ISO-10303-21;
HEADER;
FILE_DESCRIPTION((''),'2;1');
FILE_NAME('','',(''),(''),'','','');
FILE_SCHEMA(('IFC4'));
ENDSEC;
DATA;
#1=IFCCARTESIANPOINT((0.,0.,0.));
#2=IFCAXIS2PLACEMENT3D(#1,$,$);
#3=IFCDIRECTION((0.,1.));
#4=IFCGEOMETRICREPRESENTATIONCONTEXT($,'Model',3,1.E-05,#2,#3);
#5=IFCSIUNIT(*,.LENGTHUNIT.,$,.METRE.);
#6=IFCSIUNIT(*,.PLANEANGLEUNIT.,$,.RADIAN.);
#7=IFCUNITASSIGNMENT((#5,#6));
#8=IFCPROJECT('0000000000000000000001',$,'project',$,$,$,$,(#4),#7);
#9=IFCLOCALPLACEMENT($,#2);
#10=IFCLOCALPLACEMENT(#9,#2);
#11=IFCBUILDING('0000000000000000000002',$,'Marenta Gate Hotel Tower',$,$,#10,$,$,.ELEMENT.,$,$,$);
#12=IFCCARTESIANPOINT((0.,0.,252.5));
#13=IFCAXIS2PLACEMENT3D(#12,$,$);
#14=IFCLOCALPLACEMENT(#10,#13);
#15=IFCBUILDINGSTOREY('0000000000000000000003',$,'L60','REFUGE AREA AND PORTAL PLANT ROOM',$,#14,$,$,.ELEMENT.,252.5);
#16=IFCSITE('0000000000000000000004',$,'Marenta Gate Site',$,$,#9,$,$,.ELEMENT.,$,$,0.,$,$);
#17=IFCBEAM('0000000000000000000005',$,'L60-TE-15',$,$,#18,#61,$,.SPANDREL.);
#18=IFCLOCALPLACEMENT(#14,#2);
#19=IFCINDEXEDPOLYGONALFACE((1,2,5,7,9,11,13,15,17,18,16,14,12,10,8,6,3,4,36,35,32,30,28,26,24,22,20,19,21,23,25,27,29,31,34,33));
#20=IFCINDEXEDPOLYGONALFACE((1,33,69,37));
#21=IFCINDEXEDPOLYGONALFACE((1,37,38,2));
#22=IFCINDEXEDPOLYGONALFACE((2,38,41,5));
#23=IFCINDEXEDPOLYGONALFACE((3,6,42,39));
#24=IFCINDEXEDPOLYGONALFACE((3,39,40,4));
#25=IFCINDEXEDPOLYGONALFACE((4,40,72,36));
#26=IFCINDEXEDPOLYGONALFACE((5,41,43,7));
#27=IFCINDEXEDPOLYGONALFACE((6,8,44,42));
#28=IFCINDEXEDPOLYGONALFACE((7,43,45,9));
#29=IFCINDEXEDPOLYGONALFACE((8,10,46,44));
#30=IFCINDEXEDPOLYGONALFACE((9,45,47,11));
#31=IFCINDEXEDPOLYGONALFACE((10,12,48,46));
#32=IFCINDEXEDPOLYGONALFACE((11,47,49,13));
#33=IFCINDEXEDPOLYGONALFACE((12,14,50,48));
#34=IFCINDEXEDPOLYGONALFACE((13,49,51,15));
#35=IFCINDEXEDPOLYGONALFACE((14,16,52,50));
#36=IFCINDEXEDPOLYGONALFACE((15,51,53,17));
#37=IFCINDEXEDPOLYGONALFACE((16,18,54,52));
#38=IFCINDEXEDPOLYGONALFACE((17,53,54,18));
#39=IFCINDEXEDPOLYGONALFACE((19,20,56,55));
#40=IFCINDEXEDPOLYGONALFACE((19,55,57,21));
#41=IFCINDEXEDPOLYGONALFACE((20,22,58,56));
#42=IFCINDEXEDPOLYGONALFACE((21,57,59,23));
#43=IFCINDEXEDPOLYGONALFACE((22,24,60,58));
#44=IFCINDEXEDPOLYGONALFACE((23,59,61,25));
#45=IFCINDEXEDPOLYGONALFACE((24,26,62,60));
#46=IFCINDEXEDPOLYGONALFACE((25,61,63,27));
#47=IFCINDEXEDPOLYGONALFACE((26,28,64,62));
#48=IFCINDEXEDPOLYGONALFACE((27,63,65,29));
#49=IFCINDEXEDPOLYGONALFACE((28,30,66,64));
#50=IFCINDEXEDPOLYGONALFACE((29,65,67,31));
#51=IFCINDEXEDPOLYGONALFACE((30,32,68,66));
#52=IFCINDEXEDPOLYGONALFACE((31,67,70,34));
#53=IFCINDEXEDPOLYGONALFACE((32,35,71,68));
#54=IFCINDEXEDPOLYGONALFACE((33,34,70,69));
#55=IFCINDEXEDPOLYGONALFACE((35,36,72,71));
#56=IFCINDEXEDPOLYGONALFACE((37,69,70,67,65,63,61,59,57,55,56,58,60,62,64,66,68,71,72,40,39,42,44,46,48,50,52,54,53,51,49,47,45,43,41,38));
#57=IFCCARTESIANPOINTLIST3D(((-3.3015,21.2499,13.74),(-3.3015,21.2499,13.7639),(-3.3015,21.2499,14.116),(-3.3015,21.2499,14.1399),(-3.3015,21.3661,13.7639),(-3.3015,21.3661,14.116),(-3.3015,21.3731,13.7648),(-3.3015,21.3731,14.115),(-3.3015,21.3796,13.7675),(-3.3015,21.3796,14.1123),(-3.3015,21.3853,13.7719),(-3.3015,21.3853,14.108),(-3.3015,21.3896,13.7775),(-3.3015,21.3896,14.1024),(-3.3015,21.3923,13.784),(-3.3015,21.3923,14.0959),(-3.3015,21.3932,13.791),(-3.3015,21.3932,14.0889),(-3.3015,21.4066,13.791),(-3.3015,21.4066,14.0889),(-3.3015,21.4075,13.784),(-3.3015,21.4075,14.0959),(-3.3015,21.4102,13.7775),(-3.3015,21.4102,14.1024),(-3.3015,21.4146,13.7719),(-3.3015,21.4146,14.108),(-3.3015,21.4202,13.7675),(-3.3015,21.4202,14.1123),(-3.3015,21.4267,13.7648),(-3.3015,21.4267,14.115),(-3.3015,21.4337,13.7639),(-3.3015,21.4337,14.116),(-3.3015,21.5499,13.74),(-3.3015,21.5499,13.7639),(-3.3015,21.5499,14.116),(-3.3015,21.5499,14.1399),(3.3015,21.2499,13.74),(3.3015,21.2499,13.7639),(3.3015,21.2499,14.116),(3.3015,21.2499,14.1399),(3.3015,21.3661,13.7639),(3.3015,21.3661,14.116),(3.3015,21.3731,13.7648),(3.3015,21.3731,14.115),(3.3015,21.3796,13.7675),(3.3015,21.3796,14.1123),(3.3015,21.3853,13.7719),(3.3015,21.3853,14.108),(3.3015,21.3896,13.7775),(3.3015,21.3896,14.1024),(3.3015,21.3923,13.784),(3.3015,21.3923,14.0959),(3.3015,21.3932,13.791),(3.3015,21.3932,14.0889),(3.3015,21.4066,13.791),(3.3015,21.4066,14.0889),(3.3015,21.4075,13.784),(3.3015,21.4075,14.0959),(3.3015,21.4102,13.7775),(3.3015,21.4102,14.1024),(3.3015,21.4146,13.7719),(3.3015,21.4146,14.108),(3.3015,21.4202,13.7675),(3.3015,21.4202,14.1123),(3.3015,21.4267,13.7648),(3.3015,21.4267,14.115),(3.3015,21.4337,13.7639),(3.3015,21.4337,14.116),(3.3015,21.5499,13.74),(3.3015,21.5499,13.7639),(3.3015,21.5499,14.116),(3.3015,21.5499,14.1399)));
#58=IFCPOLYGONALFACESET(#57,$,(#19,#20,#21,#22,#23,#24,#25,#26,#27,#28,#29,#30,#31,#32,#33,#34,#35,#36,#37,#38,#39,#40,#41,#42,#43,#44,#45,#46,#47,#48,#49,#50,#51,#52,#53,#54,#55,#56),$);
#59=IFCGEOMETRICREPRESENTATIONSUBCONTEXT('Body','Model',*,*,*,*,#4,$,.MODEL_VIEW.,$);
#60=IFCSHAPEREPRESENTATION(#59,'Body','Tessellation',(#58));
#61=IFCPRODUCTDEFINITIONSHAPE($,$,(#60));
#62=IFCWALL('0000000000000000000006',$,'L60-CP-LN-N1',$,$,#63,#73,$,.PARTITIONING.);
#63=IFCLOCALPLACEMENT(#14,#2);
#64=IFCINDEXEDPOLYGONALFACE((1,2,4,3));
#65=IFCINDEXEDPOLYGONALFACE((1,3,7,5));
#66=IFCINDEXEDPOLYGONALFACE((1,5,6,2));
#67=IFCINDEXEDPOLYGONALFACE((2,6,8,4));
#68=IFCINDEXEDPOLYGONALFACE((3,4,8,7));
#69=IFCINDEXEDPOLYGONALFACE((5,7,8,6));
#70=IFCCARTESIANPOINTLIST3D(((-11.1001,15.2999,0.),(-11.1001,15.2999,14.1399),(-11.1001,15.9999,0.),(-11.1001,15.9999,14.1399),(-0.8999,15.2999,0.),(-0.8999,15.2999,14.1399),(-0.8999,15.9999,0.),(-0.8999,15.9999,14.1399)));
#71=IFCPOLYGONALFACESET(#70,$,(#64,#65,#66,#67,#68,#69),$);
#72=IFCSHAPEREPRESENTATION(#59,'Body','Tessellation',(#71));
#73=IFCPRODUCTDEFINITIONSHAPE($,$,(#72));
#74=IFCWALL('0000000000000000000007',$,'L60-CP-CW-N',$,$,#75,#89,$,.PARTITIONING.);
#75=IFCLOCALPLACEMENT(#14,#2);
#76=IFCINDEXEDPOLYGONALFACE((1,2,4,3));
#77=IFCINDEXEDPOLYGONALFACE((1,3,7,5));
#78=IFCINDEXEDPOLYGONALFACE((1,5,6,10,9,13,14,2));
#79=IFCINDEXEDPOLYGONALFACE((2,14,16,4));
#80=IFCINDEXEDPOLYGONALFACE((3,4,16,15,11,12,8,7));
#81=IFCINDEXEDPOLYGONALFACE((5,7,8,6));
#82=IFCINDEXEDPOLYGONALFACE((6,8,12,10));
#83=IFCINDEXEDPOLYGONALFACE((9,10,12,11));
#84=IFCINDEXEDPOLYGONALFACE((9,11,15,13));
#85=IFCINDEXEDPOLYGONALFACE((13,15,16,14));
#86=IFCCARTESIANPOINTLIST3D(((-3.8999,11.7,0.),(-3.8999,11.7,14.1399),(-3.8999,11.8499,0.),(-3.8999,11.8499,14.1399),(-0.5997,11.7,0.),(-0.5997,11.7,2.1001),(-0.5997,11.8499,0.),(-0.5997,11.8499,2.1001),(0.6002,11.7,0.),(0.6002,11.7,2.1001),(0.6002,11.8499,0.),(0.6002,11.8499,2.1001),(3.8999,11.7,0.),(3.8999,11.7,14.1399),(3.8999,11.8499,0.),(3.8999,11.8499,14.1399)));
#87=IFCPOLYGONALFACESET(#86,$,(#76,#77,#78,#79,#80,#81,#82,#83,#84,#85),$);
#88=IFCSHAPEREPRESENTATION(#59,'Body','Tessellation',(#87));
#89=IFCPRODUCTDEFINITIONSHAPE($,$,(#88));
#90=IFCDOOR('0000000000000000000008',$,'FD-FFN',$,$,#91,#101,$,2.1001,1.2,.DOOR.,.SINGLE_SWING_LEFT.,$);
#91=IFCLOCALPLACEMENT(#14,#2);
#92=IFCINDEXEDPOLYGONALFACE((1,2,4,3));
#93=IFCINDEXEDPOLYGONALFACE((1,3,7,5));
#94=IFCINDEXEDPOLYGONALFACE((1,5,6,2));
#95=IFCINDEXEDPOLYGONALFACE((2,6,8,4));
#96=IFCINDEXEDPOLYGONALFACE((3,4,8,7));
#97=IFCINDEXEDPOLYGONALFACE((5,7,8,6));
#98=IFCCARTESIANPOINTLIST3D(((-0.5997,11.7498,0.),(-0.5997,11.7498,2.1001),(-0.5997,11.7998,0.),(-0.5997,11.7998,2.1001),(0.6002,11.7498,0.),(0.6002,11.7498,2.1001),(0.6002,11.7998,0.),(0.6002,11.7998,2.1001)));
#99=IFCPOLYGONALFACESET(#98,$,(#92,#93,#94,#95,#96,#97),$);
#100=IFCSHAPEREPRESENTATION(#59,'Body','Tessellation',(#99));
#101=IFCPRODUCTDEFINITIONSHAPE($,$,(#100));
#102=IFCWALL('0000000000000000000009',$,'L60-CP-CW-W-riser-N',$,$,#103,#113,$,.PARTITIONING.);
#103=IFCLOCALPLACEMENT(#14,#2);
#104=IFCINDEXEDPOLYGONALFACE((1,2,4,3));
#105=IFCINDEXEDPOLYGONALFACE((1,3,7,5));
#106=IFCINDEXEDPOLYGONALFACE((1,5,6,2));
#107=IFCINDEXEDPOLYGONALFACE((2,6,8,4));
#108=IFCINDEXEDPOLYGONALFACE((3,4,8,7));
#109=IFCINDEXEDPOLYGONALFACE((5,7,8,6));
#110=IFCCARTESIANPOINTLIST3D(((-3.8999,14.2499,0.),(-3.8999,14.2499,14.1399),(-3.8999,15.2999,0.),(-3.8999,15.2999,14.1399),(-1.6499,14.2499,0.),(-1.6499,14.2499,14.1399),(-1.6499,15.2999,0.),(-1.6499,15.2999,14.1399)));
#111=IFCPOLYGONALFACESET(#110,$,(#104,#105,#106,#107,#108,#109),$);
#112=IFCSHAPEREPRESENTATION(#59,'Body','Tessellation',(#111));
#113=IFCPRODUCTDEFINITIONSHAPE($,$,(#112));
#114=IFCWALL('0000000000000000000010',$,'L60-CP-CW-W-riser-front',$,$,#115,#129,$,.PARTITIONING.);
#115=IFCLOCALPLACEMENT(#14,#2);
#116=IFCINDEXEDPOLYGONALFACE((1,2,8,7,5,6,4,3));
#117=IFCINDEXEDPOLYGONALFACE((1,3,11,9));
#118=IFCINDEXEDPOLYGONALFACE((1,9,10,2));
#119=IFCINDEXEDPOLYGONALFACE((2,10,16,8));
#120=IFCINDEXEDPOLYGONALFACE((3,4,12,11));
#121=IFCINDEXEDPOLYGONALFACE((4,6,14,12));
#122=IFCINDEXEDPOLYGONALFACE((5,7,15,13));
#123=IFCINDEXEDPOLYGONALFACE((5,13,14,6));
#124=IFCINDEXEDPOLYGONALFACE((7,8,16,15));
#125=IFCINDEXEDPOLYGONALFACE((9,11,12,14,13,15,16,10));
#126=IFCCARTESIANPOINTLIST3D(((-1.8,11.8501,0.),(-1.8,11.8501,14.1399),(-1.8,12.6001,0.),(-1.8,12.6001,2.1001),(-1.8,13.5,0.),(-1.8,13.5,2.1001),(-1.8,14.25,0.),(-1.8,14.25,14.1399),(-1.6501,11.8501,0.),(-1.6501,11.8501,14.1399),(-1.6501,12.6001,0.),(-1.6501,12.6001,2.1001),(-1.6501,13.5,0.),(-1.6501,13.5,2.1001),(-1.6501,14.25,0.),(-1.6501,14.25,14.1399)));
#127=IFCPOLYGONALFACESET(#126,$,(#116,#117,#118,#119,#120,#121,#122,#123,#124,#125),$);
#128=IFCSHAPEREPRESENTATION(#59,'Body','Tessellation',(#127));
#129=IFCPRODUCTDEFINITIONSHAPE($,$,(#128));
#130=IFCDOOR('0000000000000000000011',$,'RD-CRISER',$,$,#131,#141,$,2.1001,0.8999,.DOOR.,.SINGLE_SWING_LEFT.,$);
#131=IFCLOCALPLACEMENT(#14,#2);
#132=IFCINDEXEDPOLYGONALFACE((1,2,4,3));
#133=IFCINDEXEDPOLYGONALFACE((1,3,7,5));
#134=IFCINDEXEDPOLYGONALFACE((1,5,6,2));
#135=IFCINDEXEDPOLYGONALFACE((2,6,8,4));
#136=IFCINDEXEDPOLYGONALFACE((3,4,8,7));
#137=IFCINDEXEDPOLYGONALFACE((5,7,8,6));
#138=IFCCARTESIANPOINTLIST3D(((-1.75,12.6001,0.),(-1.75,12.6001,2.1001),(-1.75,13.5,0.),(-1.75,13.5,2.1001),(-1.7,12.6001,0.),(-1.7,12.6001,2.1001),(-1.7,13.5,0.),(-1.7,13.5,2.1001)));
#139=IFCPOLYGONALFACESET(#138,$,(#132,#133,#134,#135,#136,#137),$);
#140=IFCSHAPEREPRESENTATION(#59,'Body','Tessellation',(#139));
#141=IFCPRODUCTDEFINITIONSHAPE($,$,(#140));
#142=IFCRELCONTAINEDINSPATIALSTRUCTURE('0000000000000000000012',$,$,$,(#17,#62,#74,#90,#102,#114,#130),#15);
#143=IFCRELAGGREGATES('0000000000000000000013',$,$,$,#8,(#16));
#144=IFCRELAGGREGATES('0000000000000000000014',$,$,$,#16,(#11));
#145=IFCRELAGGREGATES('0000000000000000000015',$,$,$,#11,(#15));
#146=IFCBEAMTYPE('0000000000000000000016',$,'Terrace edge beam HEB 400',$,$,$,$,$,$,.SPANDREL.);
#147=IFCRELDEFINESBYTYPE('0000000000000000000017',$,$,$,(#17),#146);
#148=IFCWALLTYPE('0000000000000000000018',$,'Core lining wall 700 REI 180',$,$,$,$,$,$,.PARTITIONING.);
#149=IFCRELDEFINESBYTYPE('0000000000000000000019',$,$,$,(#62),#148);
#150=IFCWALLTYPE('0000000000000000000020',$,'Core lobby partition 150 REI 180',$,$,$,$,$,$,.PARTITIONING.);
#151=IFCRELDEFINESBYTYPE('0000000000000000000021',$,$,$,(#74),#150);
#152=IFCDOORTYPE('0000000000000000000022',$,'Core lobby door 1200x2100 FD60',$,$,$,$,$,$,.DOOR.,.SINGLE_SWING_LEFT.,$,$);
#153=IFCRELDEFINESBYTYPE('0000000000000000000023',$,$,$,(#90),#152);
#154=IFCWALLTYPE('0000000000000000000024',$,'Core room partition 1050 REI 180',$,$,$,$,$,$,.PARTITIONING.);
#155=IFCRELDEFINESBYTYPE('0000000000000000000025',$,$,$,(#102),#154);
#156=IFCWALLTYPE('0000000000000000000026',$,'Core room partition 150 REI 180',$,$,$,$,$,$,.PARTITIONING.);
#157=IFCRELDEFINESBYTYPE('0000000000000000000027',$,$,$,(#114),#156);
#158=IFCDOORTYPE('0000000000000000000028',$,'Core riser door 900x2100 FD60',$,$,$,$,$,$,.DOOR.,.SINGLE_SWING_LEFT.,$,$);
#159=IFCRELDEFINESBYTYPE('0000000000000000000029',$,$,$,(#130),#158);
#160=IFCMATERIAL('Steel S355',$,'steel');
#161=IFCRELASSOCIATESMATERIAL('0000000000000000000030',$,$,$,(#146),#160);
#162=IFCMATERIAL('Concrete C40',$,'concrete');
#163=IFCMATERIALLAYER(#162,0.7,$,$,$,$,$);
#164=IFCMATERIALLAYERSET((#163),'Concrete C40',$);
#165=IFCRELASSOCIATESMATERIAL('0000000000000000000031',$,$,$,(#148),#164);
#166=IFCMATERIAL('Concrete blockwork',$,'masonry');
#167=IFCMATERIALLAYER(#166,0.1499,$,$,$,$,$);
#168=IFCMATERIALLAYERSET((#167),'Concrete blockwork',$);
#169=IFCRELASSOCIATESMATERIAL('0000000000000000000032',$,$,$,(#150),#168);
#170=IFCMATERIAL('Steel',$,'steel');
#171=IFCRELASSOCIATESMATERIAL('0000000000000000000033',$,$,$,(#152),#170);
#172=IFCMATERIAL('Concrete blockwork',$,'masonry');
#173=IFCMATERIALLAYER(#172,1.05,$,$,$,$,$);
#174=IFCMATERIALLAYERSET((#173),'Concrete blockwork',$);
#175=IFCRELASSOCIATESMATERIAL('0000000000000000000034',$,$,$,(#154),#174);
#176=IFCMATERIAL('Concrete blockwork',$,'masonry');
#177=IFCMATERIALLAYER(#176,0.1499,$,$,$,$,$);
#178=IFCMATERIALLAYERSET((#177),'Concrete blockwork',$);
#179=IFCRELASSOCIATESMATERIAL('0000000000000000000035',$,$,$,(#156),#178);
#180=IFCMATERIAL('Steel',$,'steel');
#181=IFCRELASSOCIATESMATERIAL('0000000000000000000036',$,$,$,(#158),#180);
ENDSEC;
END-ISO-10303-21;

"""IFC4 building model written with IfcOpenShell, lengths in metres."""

from ifc_helpers import new_model, si_unit, direction, frame, frame_2d, origin, origin_2d, place, context, subcontext, project, spatial, rectangle, i_section, extrude, material, layer, layer_set, material_profile, profile_set, type_object, element, fill, save


model = new_model("IFC4")

# Units and contexts
model_context = context("Model", 3, precision=1e-05, world=origin(), true_north=direction((0.0, 1.0)))
body_context = subcontext(model_context, "Body", "Model", "MODEL_VIEW")
ifc_project = project(units=[si_unit("LENGTHUNIT", "METRE"), si_unit("PLANEANGLEUNIT", "RADIAN")], contexts=[model_context])

# Site, building, storey
site_placement = place(None, origin())
site = spatial("IfcSite", under=ifc_project, at=site_placement, Name="Marenta Gate Site", CompositionType="ELEMENT", RefElevation=0.0)
building_placement = place(site_placement, origin())
building = spatial("IfcBuilding", under=site, at=building_placement, Name="Marenta Gate Hotel Tower", CompositionType="ELEMENT")
storey_placement = place(building_placement, frame((0.0, 0.0, 252.5)))
storey = spatial("IfcBuildingStorey", under=building, at=storey_placement, Name="L60", Description="REFUGE AREA AND PORTAL PLANT ROOM", CompositionType="ELEMENT", Elevation=252.5)

# Beam
ifc_material_1 = material(Name="Steel S355", Category="steel")
ifc_material_profile_1 = material_profile(ifc_material_1, i_section(OverallWidth=0.3, OverallDepth=0.3999, WebThickness=0.0134, FlangeThickness=0.0239, FilletRadius=0.0271, at=origin_2d()), Name="HEB 400")
ifc_profile_set_1 = profile_set([ifc_material_profile_1], Name="Steel S355")
beam_type_1 = type_object("IfcBeamType", Name="Terrace edge beam HEB 400", PredefinedType="SPANDREL", material=ifc_profile_set_1)
beam_1_placement = place(storey_placement, frame((-3.3015, 21.3999, 13.9399), z_axis=(1.0, 0.0, 0.0), x_axis=(0.0, 1.0, 0.0)))
element("IfcBeam", 1, at=beam_1_placement, inside=storey, type_object=beam_type_1, Name="L60-TE-15", PredefinedType="SPANDREL", context=body_context, shape_type="SweptSolid", body=[
    extrude(i_section(OverallWidth=0.3, OverallDepth=0.3999, WebThickness=0.0134, FlangeThickness=0.0239, FilletRadius=0.0271, at=origin_2d()), origin(), (0.0, 0.0, 1.0), 6.603),
])

# Wall
ifc_material_2 = material(Name="Concrete C40", Category="concrete")
ifc_layer_1 = layer(ifc_material_2, 0.7)
ifc_layer_set_1 = layer_set([ifc_layer_1], Name="Concrete C40")
wall_type_1 = type_object("IfcWallType", Name="Core lining wall 700 REI 180", PredefinedType="PARTITIONING", material=ifc_layer_set_1)
wall_1_placement = place(storey_placement, frame((-11.1001, 15.6499, 0.0), z_axis=(0.0, 0.0, 1.0), x_axis=(1.0, 0.0, 0.0)))
element("IfcWall", 2, at=wall_1_placement, inside=storey, type_object=wall_type_1, Name="L60-CP-LN-N1", PredefinedType="PARTITIONING", context=body_context, shape_type="SweptSolid", body=[
    extrude(rectangle(XDim=10.2002, YDim=0.7, at=frame_2d((5.1001, 0.0))), origin(), (0.0, 0.0, 1.0), 14.1399),
])

# Wall, opening, door
ifc_material_3 = material(Name="Concrete blockwork", Category="masonry")
ifc_layer_2 = layer(ifc_material_3, 0.1499)
ifc_layer_set_2 = layer_set([ifc_layer_2], Name="Concrete blockwork")
wall_type_2 = type_object("IfcWallType", Name="Core lobby partition 150 REI 180", PredefinedType="PARTITIONING", material=ifc_layer_set_2)
wall_2_placement = place(storey_placement, frame((-3.8999, 11.7749, 0.0), z_axis=(0.0, 0.0, 1.0), x_axis=(1.0, 0.0, 0.0)))
wall_2 = element("IfcWall", 3, at=wall_2_placement, inside=storey, type_object=wall_type_2, Name="L60-CP-CW-N", PredefinedType="PARTITIONING", context=body_context, shape_type="SweptSolid", body=[
    extrude(rectangle(XDim=7.7998, YDim=0.1499, at=frame_2d((3.8999, 0.0))), origin(), (0.0, 0.0, 1.0), 14.1399),
])
opening_1_placement = place(wall_2_placement, frame((3.3, 0.0, 0.0)))
opening_1 = element("IfcOpeningElement", 4, at=opening_1_placement, cuts=wall_2, PredefinedType="OPENING", context=body_context, shape_type="SweptSolid", body=[
    extrude(rectangle(XDim=1.2, YDim=2.1001, at=frame_2d((0.6001, 1.05))), frame((0.0, 0.075, 0.0), z_axis=(0.0, -1.0, 0.0), x_axis=(1.0, 0.0, 0.0)), (0.0, 0.0, 1.0), 0.1499),
])
ifc_material_4 = material(Name="Steel", Category="steel")
door_type_1 = type_object("IfcDoorType", Name="Core lobby door 1200x2100 FD60", OperationType="SINGLE_SWING_LEFT", PredefinedType="DOOR", material=ifc_material_4)
door_1_placement = place(opening_1_placement, origin())
door_1 = element("IfcDoor", 5, at=door_1_placement, inside=storey, type_object=door_type_1, Name="FD-FFN", OperationType="SINGLE_SWING_LEFT", OverallHeight=2.1001, OverallWidth=1.2, PredefinedType="DOOR", context=body_context, shape_type="SweptSolid", body=[
    extrude(rectangle(XDim=1.2, YDim=2.1001, at=frame_2d((0.6001, 1.05))), frame((0.0, 0.0249, 0.0), z_axis=(0.0, -1.0, 0.0), x_axis=(1.0, 0.0, 0.0)), (0.0, 0.0, 1.0), 0.05),
])
fill(opening_1, door_1)

# Wall
ifc_material_5 = material(Name="Concrete blockwork", Category="masonry")
ifc_layer_3 = layer(ifc_material_5, 1.05)
ifc_layer_set_3 = layer_set([ifc_layer_3], Name="Concrete blockwork")
wall_type_3 = type_object("IfcWallType", Name="Core room partition 1050 REI 180", PredefinedType="PARTITIONING", material=ifc_layer_set_3)
wall_3_placement = place(storey_placement, frame((-3.8999, 14.7749, 0.0), z_axis=(0.0, 0.0, 1.0), x_axis=(1.0, 0.0, 0.0)))
element("IfcWall", 6, at=wall_3_placement, inside=storey, type_object=wall_type_3, Name="L60-CP-CW-W-riser-N", PredefinedType="PARTITIONING", context=body_context, shape_type="SweptSolid", body=[
    extrude(rectangle(XDim=2.25, YDim=1.05, at=frame_2d((1.125, 0.0))), origin(), (0.0, 0.0, 1.0), 14.1399),
])

# Wall, opening, door
ifc_material_6 = material(Name="Concrete blockwork", Category="masonry")
ifc_layer_4 = layer(ifc_material_6, 0.1499)
ifc_layer_set_4 = layer_set([ifc_layer_4], Name="Concrete blockwork")
wall_type_4 = type_object("IfcWallType", Name="Core room partition 150 REI 180", PredefinedType="PARTITIONING", material=ifc_layer_set_4)
wall_4_placement = place(storey_placement, frame((-1.7251, 11.8501, 0.0), z_axis=(0.0, 0.0, 1.0), x_axis=(0.0, 1.0, 0.0)))
wall_4 = element("IfcWall", 7, at=wall_4_placement, inside=storey, type_object=wall_type_4, Name="L60-CP-CW-W-riser-front", PredefinedType="PARTITIONING", context=body_context, shape_type="SweptSolid", body=[
    extrude(rectangle(XDim=2.3999, YDim=0.1499, at=frame_2d((1.2, 0.0))), origin(), (0.0, 0.0, 1.0), 14.1399),
])
opening_2_placement = place(wall_4_placement, frame((0.75, 0.0, 0.0)))
opening_2 = element("IfcOpeningElement", 8, at=opening_2_placement, cuts=wall_4, PredefinedType="OPENING", context=body_context, shape_type="SweptSolid", body=[
    extrude(rectangle(XDim=0.8999, YDim=2.1001, at=frame_2d((0.45, 1.05))), frame((0.0, 0.075, 0.0), z_axis=(0.0, -1.0, 0.0), x_axis=(1.0, 0.0, 0.0)), (0.0, 0.0, 1.0), 0.1499),
])
ifc_material_7 = material(Name="Steel", Category="steel")
door_type_2 = type_object("IfcDoorType", Name="Core riser door 900x2100 FD60", OperationType="SINGLE_SWING_LEFT", PredefinedType="DOOR", material=ifc_material_7)
door_2_placement = place(opening_2_placement, origin())
door_2 = element("IfcDoor", 9, at=door_2_placement, inside=storey, type_object=door_type_2, Name="RD-CRISER", OperationType="SINGLE_SWING_LEFT", OverallHeight=2.1001, OverallWidth=0.8999, PredefinedType="DOOR", context=body_context, shape_type="SweptSolid", body=[
    extrude(rectangle(XDim=0.8999, YDim=2.1001, at=frame_2d((0.45, 1.05))), frame((0.0, 0.0249, 0.0), z_axis=(0.0, -1.0, 0.0), x_axis=(1.0, 0.0, 0.0)), (0.0, 0.0, 1.0), 0.05),
])
fill(opening_2, door_2)

save(model, "model.ifc")
